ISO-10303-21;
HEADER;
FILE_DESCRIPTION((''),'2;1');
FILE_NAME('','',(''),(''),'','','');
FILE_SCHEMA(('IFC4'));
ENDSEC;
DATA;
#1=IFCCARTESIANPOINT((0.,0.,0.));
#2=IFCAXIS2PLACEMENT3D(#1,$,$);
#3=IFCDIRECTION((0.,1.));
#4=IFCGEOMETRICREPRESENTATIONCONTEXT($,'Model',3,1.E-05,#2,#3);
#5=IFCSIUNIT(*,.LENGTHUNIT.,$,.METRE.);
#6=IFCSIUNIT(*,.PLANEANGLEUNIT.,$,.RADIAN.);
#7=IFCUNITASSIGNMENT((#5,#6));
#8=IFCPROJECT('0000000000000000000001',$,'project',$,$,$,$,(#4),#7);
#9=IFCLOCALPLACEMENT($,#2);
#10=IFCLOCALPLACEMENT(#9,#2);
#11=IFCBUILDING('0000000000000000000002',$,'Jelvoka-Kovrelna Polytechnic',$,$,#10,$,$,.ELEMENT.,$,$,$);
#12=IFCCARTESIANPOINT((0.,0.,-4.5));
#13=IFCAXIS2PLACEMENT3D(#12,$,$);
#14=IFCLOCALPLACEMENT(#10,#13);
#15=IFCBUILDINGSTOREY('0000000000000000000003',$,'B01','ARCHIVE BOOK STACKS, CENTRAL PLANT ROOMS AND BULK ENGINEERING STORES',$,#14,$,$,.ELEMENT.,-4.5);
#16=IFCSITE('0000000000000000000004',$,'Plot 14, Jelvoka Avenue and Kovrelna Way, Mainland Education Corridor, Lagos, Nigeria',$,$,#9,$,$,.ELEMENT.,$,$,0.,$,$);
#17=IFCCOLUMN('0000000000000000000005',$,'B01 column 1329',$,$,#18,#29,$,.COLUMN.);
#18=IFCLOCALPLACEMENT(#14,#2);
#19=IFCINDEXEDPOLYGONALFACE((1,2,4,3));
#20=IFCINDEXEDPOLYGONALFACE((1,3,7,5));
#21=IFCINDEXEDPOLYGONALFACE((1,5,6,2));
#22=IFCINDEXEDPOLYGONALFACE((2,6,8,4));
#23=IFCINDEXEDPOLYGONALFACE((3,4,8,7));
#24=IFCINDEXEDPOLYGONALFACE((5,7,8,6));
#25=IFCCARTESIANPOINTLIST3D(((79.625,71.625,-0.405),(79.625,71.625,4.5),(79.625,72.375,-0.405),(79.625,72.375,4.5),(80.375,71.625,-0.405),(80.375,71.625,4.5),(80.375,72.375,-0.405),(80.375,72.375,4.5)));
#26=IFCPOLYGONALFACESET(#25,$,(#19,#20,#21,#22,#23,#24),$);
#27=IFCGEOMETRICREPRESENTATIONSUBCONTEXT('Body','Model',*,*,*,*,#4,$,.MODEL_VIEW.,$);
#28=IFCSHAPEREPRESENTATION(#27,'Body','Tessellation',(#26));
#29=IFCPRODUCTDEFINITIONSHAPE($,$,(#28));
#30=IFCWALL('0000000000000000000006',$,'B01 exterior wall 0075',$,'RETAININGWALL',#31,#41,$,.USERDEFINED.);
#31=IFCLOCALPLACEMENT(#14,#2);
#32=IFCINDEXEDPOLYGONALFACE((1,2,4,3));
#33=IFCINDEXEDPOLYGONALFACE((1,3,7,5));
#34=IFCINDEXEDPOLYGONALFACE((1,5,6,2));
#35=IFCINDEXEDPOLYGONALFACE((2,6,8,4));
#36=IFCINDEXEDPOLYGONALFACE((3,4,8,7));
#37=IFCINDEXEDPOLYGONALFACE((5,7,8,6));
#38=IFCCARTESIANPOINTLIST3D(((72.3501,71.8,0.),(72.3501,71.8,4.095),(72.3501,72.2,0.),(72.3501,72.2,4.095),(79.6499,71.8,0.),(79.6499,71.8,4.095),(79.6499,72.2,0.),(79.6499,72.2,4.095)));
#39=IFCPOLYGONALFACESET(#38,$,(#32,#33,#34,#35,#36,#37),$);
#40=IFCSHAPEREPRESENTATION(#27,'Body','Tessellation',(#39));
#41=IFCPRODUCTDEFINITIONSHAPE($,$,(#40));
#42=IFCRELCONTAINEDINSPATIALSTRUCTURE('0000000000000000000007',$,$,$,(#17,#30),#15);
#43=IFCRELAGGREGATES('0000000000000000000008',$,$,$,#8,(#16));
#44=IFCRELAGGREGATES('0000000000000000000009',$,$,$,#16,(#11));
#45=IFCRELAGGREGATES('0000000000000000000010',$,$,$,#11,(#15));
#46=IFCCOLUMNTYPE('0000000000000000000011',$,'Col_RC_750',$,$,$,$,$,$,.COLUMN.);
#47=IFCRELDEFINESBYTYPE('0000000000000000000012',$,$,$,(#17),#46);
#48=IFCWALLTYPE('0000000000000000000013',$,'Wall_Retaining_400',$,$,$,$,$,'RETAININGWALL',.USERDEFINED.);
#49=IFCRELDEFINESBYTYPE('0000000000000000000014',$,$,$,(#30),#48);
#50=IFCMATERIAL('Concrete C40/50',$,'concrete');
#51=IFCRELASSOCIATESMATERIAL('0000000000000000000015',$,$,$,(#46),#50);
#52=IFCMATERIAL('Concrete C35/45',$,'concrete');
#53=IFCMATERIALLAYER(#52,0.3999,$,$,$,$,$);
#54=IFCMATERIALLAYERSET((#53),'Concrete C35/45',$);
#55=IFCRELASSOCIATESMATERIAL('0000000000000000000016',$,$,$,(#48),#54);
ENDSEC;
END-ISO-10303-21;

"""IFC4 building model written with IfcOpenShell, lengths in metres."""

from ifc_helpers import new_model, si_unit, direction, frame, frame_2d, origin, origin_2d, place, context, subcontext, project, spatial, rectangle, extrude, material, layer, layer_set, material_profile, profile_set, type_object, element, save


model = new_model("IFC4")

# Units and contexts
model_context = context("Model", 3, precision=1e-05, world=origin(), true_north=direction((0.0, 1.0)))
body_context = subcontext(model_context, "Body", "Model", "MODEL_VIEW")
ifc_project = project(units=[si_unit("LENGTHUNIT", "METRE"), si_unit("PLANEANGLEUNIT", "RADIAN")], contexts=[model_context])

# Site, building, storey
site_placement = place(None, origin())
site = spatial("IfcSite", under=ifc_project, at=site_placement, Name="Plot 14, Jelvoka Avenue and Kovrelna Way, Mainland Education Corridor, Lagos, Nigeria", CompositionType="ELEMENT", RefElevation=0.0)
building_placement = place(site_placement, origin())
building = spatial("IfcBuilding", under=site, at=building_placement, Name="Jelvoka-Kovrelna Polytechnic", CompositionType="ELEMENT")
storey_placement = place(building_placement, frame((0.0, 0.0, -4.5)))
storey = spatial("IfcBuildingStorey", under=building, at=storey_placement, Name="B01", Description="ARCHIVE BOOK STACKS, CENTRAL PLANT ROOMS AND BULK ENGINEERING STORES", CompositionType="ELEMENT", Elevation=-4.5)

# Column
ifc_material_1 = material(Name="Concrete C40/50", Category="concrete")
ifc_material_profile_1 = material_profile(ifc_material_1, rectangle(XDim=0.75, YDim=0.75, at=origin_2d()), Name="RC 750x750")
ifc_profile_set_1 = profile_set([ifc_material_profile_1], Name="Concrete C40/50")
column_type_1 = type_object("IfcColumnType", Name="Col_RC_750", PredefinedType="COLUMN", material=ifc_profile_set_1)
for number, where, z_axis, x_axis, name in (
    (1, (80.0, 72.0, -0.405), (0.0, 0.0, 1.0), (1.0, 0.0, 0.0), "B01 column 1329"),
):
    element("IfcColumn", number, at=place(storey_placement, frame(where, z_axis=z_axis, x_axis=x_axis)), inside=storey, type_object=column_type_1, Name=name, PredefinedType="COLUMN", context=body_context, shape_type="SweptSolid", body=[
        extrude(rectangle(XDim=0.75, YDim=0.75, at=origin_2d()), origin(), (0.0, 0.0, 1.0), 4.905),
    ])

# Wall
ifc_material_2 = material(Name="Concrete C35/45", Category="concrete")
ifc_layer = layer(ifc_material_2, 0.3999)
ifc_layer_set = layer_set([ifc_layer], Name="Concrete C35/45")
wall_type = type_object("IfcWallType", Name="Wall_Retaining_400", ElementType="RETAININGWALL", PredefinedType="USERDEFINED", material=ifc_layer_set)
wall_placement = place(storey_placement, frame((72.3501, 72.0, 0.0), z_axis=(0.0, 0.0, 1.0), x_axis=(1.0, 0.0, 0.0)))
element("IfcWall", 2, at=wall_placement, inside=storey, type_object=wall_type, Name="B01 exterior wall 0075", ObjectType="RETAININGWALL", PredefinedType="USERDEFINED", context=body_context, shape_type="SweptSolid", body=[
    extrude(rectangle(XDim=7.2998, YDim=0.3999, at=frame_2d((3.6499, 0.0))), origin(), (0.0, 0.0, 1.0), 4.095),
])

save(model, "model.ifc")
